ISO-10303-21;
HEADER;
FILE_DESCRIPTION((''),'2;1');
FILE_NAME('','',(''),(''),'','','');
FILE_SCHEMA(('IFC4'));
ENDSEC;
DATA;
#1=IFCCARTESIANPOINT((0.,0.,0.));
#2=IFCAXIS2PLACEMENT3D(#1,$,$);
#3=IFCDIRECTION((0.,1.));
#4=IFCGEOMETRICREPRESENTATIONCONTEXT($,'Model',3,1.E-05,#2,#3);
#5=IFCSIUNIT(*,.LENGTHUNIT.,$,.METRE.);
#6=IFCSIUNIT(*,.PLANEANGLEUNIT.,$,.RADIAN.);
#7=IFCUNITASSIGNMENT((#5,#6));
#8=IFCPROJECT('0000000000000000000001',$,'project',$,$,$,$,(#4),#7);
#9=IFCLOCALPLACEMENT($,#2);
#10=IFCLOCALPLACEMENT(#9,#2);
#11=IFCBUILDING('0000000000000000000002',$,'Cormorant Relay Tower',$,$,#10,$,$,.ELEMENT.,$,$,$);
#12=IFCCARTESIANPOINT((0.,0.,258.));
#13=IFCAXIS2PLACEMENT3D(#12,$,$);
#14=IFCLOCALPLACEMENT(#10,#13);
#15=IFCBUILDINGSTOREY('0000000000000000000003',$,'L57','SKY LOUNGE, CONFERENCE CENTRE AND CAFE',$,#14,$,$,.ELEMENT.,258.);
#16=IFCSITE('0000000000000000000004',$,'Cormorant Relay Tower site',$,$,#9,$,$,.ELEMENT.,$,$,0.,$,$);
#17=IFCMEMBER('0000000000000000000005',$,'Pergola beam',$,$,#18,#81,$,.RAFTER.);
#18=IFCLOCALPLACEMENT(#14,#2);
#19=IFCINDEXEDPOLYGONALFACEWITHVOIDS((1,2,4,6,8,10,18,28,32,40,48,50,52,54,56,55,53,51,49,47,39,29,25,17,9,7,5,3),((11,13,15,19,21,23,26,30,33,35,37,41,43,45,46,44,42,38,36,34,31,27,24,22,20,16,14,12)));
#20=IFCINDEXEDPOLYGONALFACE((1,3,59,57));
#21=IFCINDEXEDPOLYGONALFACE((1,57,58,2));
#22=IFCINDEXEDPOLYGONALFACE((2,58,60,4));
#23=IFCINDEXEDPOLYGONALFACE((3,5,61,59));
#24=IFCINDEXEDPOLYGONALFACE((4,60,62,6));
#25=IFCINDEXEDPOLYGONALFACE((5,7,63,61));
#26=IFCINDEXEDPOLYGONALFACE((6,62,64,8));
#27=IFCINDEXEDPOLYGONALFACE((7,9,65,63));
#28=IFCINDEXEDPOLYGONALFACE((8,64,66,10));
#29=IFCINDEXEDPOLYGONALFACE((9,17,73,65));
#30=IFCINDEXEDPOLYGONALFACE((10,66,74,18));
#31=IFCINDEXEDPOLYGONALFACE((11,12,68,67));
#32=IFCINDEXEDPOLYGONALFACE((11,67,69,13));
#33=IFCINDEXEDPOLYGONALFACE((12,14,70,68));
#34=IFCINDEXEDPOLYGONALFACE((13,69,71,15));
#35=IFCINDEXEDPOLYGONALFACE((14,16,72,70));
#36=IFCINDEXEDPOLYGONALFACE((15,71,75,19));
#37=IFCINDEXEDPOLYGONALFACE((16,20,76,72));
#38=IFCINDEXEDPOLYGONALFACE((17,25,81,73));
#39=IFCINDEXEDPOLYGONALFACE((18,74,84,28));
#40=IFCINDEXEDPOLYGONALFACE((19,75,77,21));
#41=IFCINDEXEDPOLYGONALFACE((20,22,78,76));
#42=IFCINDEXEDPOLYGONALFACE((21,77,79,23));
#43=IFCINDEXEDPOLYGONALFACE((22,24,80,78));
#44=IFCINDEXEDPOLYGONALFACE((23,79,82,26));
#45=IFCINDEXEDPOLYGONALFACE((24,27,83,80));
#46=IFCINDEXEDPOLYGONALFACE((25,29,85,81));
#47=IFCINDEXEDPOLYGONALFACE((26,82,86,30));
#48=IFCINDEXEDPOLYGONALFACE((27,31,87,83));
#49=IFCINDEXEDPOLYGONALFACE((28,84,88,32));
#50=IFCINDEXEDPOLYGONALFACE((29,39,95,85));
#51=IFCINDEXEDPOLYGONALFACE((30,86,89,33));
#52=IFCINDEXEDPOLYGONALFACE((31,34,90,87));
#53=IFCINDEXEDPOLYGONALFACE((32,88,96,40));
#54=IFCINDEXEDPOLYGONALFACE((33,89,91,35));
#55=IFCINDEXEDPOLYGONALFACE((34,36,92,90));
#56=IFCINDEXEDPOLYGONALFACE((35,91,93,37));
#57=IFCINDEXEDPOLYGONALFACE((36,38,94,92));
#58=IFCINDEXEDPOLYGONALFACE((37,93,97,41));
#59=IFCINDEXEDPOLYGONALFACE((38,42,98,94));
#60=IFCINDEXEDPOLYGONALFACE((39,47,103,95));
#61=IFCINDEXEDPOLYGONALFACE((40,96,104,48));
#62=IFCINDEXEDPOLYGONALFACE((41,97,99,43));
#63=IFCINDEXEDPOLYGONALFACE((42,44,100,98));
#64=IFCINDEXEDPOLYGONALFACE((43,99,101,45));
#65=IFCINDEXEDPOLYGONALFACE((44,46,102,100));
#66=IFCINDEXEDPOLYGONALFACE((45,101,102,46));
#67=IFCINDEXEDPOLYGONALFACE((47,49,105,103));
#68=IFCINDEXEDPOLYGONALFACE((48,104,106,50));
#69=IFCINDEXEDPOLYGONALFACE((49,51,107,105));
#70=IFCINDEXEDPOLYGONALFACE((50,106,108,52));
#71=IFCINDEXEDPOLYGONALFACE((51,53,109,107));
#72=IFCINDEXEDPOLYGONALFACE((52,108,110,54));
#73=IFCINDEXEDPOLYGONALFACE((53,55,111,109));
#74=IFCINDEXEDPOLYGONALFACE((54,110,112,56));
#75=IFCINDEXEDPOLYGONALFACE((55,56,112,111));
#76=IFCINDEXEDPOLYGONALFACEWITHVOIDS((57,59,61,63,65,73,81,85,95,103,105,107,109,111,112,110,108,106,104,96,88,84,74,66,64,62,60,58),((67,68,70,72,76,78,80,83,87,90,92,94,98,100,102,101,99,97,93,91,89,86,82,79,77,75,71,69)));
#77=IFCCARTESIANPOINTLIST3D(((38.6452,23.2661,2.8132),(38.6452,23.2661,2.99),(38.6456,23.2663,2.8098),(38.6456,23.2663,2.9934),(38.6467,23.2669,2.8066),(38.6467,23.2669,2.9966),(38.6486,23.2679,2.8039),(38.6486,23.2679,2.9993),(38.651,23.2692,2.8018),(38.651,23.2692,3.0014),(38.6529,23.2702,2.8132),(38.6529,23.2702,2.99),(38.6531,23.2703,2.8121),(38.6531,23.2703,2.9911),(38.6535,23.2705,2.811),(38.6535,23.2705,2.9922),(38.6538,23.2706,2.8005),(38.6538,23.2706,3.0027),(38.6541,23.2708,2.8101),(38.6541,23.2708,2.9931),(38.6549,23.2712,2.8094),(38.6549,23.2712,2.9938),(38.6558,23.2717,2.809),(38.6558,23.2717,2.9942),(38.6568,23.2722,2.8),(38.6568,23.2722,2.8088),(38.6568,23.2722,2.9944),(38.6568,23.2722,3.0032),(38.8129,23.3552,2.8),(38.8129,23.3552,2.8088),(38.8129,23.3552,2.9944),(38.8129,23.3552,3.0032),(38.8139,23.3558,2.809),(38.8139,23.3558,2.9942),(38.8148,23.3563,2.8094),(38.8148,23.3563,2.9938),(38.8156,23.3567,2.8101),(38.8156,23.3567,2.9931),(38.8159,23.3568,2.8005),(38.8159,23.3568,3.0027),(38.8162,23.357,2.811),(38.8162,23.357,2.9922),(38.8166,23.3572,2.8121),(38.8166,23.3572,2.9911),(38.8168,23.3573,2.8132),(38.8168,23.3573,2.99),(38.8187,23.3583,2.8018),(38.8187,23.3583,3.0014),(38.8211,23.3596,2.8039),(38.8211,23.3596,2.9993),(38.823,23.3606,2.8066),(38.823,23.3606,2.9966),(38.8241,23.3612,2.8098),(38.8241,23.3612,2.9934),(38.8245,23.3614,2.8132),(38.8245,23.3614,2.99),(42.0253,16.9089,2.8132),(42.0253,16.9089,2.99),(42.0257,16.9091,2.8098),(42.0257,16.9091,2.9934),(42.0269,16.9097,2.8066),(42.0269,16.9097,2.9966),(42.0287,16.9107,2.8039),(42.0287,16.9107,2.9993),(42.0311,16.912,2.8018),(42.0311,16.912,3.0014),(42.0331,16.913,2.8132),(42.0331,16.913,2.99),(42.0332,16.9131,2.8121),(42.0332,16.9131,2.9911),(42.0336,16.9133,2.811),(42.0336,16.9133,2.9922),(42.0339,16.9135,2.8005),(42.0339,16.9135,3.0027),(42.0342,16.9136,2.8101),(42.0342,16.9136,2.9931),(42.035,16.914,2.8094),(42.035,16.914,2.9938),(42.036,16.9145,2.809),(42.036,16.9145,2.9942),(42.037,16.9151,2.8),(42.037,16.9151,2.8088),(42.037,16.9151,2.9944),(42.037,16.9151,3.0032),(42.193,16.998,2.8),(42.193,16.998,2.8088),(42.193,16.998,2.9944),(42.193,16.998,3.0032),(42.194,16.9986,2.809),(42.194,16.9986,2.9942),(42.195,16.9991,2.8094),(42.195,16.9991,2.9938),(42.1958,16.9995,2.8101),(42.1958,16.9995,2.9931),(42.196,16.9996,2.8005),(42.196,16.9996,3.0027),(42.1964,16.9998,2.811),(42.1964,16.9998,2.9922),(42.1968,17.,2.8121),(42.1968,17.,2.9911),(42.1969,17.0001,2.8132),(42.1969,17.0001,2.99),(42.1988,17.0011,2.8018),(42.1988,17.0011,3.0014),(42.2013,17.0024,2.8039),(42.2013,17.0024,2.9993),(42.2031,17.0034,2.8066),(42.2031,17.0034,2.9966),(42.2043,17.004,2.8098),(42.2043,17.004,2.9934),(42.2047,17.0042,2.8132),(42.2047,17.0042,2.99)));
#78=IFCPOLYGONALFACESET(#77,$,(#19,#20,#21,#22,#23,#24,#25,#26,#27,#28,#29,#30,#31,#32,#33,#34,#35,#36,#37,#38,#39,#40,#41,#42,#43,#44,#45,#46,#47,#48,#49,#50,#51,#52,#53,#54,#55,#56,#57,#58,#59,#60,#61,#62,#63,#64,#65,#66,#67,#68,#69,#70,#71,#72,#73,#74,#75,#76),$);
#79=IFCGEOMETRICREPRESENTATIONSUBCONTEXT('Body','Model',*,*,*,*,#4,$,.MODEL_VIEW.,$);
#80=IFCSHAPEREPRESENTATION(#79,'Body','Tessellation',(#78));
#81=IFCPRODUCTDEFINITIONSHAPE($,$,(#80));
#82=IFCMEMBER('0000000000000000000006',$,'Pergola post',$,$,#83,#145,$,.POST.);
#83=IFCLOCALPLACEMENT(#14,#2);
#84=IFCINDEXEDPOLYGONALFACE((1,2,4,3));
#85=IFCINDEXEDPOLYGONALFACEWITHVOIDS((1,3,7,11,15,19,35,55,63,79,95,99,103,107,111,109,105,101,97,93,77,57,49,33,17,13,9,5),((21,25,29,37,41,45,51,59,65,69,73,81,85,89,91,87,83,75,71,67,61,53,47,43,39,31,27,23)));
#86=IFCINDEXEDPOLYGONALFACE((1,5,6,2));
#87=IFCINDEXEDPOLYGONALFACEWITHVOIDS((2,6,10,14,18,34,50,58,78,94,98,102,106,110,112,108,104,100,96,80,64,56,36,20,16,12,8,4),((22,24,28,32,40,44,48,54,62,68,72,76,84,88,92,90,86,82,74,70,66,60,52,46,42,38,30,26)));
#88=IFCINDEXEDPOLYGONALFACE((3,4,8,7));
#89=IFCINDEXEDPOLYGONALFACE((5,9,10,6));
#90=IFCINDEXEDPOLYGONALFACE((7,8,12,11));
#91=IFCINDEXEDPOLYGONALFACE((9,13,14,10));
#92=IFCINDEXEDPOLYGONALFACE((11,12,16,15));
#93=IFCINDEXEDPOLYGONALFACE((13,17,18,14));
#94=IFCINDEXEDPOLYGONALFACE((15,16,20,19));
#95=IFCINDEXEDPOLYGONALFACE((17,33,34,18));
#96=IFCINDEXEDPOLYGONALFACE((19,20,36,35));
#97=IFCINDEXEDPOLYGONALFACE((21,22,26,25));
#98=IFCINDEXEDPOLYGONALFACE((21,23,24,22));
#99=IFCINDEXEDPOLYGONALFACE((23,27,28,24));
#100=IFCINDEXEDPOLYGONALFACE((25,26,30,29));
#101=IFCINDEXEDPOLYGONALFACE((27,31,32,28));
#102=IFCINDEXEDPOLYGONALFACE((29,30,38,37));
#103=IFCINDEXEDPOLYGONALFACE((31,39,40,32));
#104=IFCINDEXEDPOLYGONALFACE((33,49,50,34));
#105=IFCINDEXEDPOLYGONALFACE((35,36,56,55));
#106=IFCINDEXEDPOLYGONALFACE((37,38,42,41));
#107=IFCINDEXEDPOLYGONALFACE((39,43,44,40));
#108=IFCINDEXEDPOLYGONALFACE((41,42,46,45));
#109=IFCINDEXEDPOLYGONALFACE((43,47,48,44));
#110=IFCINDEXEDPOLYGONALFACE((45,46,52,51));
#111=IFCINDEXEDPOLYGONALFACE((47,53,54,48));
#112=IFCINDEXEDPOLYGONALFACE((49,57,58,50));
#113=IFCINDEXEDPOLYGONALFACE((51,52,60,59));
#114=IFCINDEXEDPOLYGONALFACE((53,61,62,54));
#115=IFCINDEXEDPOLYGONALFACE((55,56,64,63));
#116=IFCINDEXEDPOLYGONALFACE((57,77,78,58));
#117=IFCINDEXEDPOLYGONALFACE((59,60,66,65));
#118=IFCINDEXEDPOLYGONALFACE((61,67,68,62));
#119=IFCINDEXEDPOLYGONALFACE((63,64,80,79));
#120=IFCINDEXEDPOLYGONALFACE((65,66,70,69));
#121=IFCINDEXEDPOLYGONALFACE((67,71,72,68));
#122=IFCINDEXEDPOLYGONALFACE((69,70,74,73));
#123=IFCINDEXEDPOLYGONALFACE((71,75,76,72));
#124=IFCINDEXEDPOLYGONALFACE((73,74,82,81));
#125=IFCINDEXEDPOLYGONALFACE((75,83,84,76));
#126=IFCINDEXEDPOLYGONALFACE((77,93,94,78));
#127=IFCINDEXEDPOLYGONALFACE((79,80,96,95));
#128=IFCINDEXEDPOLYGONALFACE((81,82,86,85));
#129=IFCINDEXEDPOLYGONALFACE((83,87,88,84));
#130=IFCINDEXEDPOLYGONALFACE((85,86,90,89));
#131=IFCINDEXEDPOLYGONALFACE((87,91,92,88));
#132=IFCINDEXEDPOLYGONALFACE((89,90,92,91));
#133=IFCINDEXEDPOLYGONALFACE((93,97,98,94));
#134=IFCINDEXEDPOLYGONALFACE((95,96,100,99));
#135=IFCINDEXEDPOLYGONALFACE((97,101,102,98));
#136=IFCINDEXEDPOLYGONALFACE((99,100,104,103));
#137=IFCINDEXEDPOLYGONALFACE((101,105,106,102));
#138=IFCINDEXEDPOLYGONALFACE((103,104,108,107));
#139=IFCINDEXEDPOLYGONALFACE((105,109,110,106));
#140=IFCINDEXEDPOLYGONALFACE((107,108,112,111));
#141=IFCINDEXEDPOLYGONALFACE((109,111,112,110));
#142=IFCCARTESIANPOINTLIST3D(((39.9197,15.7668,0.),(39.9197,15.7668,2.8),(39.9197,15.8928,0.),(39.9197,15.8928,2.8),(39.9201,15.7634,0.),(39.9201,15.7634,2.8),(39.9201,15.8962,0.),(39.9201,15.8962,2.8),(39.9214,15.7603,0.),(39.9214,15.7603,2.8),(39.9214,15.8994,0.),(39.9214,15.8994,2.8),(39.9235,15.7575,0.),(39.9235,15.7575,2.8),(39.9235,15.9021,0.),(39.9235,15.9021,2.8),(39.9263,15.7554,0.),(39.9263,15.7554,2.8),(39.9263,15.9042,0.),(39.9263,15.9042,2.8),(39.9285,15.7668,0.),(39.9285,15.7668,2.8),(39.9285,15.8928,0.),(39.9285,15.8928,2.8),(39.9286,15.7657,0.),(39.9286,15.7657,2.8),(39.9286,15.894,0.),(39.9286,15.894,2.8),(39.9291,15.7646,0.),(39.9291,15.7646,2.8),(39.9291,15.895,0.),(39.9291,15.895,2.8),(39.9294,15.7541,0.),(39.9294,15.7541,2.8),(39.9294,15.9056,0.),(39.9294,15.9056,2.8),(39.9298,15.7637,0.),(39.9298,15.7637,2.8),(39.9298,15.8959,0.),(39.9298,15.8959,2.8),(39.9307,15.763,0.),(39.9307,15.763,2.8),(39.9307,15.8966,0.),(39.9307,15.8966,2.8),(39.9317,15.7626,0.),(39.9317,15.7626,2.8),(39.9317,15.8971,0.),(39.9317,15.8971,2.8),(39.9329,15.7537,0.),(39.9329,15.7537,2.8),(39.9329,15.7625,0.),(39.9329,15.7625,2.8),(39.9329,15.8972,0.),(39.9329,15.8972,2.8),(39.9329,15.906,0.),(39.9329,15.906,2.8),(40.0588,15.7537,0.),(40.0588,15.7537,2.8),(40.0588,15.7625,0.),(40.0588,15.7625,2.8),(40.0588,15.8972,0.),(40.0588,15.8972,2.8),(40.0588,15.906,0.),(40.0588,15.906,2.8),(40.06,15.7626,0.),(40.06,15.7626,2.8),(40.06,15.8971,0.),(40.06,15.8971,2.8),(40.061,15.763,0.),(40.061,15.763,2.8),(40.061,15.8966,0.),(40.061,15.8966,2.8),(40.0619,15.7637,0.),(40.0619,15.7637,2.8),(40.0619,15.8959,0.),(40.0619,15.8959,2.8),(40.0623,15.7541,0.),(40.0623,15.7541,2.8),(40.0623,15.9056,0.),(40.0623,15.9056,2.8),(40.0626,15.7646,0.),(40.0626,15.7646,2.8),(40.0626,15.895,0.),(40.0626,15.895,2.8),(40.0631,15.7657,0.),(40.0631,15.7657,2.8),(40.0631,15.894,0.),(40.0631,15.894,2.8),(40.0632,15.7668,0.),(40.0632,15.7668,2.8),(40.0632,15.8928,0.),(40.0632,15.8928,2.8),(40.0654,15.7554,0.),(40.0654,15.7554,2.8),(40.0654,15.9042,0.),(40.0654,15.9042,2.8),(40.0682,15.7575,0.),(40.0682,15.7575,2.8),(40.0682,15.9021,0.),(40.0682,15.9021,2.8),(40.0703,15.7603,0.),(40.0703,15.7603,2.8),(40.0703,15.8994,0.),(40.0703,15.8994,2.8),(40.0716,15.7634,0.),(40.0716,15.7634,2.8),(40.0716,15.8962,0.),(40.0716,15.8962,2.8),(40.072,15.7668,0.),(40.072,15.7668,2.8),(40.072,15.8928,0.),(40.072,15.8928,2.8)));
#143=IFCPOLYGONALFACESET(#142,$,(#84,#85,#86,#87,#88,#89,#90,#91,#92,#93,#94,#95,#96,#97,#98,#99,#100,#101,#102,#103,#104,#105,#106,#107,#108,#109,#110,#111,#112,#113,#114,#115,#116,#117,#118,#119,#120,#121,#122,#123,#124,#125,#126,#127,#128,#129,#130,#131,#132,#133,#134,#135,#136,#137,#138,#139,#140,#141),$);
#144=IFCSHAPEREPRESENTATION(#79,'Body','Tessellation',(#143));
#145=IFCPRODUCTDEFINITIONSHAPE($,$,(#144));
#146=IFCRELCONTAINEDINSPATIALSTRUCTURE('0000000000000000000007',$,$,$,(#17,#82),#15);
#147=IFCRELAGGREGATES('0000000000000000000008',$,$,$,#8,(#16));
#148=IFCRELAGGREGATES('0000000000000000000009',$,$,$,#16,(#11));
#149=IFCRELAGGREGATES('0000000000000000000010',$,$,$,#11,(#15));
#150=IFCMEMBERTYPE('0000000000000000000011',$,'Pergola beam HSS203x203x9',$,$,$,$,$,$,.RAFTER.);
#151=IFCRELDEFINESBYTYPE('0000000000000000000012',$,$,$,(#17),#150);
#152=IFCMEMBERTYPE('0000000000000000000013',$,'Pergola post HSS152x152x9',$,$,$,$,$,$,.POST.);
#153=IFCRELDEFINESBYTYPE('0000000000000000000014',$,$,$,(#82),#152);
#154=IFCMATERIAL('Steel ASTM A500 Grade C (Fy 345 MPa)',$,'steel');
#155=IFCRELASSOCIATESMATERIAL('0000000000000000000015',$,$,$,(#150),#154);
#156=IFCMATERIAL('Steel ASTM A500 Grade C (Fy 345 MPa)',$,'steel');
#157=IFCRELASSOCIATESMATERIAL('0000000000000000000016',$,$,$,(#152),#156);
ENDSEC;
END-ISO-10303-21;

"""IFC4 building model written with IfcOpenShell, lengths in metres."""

from ifc_helpers import new_model, si_unit, direction, frame, origin, origin_2d, place, context, subcontext, project, spatial, hollow_rectangle, extrude, material, material_profile, profile_set, type_object, element, save


model = new_model("IFC4")

# Units and contexts
model_context = context("Model", 3, precision=1e-05, world=origin(), true_north=direction((0.0, 1.0)))
body_context = subcontext(model_context, "Body", "Model", "MODEL_VIEW")
ifc_project = project(units=[si_unit("LENGTHUNIT", "METRE"), si_unit("PLANEANGLEUNIT", "RADIAN")], contexts=[model_context])

# Site, building, storey
site_placement = place(None, origin())
site = spatial("IfcSite", under=ifc_project, at=site_placement, Name="Cormorant Relay Tower site", CompositionType="ELEMENT", RefElevation=0.0)
building_placement = place(site_placement, origin())
building = spatial("IfcBuilding", under=site, at=building_placement, Name="Cormorant Relay Tower", CompositionType="ELEMENT")
storey_placement = place(building_placement, frame((0.0, 0.0, 258.0)))
storey = spatial("IfcBuildingStorey", under=building, at=storey_placement, Name="L57", Description="SKY LOUNGE, CONFERENCE CENTRE AND CAFE", CompositionType="ELEMENT", Elevation=258.0)

# Members
ifc_material_1 = material(Name="Steel ASTM A500 Grade C (Fy 345 MPa)", Category="steel")
ifc_material_profile_1 = material_profile(ifc_material_1, hollow_rectangle(XDim=0.2031, YDim=0.2031, WallThickness=0.0088, InnerFilletRadius=0.0044, OuterFilletRadius=0.0132, at=origin_2d()), Name="HSS203x203x9")
ifc_profile_set_1 = profile_set([ifc_material_profile_1], Name="Steel ASTM A500 Grade C (Fy 345 MPa)")
member_type_1 = type_object("IfcMemberType", Name="Pergola beam HSS203x203x9", PredefinedType="RAFTER", material=ifc_profile_set_1)
for number, where, z_axis, x_axis, name in (
    (1, (42.115, 16.9565, 2.9016), (-0.469467, 0.88295, 0.0), (-0.88295, -0.469467, 0.0), "Pergola beam"),
):
    element("IfcMember", number, at=place(storey_placement, frame(where, z_axis=z_axis, x_axis=x_axis)), inside=storey, type_object=member_type_1, Name=name, PredefinedType="RAFTER", context=body_context, shape_type="SweptSolid", body=[
        extrude(hollow_rectangle(XDim=0.2031, YDim=0.2031, WallThickness=0.0088, InnerFilletRadius=0.0044, OuterFilletRadius=0.0132, at=origin_2d()), origin(), (0.0, 0.0, 1.0), 7.2),
    ])
ifc_material_2 = material(Name="Steel ASTM A500 Grade C (Fy 345 MPa)", Category="steel")
ifc_material_profile_2 = material_profile(ifc_material_2, hollow_rectangle(XDim=0.1523, YDim=0.1523, WallThickness=0.0088, InnerFilletRadius=0.0044, OuterFilletRadius=0.0132, at=origin_2d()), Name="HSS152x152x9")
ifc_profile_set_2 = profile_set([ifc_material_profile_2], Name="Steel ASTM A500 Grade C (Fy 345 MPa)")
member_type_2 = type_object("IfcMemberType", Name="Pergola post HSS152x152x9", PredefinedType="POST", material=ifc_profile_set_2)
for number, where, z_axis, x_axis, name in (
    (2, (39.9958, 15.8298, 0.0), (0.0, 0.0, 1.0), (1.0, 0.0, 0.0), "Pergola post"),
):
    element("IfcMember", number, at=place(storey_placement, frame(where, z_axis=z_axis, x_axis=x_axis)), inside=storey, type_object=member_type_2, Name=name, PredefinedType="POST", context=body_context, shape_type="SweptSolid", body=[
        extrude(hollow_rectangle(XDim=0.1523, YDim=0.1523, WallThickness=0.0088, InnerFilletRadius=0.0044, OuterFilletRadius=0.0132, at=origin_2d()), origin(), (0.0, 0.0, 1.0), 2.8),
    ])

save(model, "model.ifc")
